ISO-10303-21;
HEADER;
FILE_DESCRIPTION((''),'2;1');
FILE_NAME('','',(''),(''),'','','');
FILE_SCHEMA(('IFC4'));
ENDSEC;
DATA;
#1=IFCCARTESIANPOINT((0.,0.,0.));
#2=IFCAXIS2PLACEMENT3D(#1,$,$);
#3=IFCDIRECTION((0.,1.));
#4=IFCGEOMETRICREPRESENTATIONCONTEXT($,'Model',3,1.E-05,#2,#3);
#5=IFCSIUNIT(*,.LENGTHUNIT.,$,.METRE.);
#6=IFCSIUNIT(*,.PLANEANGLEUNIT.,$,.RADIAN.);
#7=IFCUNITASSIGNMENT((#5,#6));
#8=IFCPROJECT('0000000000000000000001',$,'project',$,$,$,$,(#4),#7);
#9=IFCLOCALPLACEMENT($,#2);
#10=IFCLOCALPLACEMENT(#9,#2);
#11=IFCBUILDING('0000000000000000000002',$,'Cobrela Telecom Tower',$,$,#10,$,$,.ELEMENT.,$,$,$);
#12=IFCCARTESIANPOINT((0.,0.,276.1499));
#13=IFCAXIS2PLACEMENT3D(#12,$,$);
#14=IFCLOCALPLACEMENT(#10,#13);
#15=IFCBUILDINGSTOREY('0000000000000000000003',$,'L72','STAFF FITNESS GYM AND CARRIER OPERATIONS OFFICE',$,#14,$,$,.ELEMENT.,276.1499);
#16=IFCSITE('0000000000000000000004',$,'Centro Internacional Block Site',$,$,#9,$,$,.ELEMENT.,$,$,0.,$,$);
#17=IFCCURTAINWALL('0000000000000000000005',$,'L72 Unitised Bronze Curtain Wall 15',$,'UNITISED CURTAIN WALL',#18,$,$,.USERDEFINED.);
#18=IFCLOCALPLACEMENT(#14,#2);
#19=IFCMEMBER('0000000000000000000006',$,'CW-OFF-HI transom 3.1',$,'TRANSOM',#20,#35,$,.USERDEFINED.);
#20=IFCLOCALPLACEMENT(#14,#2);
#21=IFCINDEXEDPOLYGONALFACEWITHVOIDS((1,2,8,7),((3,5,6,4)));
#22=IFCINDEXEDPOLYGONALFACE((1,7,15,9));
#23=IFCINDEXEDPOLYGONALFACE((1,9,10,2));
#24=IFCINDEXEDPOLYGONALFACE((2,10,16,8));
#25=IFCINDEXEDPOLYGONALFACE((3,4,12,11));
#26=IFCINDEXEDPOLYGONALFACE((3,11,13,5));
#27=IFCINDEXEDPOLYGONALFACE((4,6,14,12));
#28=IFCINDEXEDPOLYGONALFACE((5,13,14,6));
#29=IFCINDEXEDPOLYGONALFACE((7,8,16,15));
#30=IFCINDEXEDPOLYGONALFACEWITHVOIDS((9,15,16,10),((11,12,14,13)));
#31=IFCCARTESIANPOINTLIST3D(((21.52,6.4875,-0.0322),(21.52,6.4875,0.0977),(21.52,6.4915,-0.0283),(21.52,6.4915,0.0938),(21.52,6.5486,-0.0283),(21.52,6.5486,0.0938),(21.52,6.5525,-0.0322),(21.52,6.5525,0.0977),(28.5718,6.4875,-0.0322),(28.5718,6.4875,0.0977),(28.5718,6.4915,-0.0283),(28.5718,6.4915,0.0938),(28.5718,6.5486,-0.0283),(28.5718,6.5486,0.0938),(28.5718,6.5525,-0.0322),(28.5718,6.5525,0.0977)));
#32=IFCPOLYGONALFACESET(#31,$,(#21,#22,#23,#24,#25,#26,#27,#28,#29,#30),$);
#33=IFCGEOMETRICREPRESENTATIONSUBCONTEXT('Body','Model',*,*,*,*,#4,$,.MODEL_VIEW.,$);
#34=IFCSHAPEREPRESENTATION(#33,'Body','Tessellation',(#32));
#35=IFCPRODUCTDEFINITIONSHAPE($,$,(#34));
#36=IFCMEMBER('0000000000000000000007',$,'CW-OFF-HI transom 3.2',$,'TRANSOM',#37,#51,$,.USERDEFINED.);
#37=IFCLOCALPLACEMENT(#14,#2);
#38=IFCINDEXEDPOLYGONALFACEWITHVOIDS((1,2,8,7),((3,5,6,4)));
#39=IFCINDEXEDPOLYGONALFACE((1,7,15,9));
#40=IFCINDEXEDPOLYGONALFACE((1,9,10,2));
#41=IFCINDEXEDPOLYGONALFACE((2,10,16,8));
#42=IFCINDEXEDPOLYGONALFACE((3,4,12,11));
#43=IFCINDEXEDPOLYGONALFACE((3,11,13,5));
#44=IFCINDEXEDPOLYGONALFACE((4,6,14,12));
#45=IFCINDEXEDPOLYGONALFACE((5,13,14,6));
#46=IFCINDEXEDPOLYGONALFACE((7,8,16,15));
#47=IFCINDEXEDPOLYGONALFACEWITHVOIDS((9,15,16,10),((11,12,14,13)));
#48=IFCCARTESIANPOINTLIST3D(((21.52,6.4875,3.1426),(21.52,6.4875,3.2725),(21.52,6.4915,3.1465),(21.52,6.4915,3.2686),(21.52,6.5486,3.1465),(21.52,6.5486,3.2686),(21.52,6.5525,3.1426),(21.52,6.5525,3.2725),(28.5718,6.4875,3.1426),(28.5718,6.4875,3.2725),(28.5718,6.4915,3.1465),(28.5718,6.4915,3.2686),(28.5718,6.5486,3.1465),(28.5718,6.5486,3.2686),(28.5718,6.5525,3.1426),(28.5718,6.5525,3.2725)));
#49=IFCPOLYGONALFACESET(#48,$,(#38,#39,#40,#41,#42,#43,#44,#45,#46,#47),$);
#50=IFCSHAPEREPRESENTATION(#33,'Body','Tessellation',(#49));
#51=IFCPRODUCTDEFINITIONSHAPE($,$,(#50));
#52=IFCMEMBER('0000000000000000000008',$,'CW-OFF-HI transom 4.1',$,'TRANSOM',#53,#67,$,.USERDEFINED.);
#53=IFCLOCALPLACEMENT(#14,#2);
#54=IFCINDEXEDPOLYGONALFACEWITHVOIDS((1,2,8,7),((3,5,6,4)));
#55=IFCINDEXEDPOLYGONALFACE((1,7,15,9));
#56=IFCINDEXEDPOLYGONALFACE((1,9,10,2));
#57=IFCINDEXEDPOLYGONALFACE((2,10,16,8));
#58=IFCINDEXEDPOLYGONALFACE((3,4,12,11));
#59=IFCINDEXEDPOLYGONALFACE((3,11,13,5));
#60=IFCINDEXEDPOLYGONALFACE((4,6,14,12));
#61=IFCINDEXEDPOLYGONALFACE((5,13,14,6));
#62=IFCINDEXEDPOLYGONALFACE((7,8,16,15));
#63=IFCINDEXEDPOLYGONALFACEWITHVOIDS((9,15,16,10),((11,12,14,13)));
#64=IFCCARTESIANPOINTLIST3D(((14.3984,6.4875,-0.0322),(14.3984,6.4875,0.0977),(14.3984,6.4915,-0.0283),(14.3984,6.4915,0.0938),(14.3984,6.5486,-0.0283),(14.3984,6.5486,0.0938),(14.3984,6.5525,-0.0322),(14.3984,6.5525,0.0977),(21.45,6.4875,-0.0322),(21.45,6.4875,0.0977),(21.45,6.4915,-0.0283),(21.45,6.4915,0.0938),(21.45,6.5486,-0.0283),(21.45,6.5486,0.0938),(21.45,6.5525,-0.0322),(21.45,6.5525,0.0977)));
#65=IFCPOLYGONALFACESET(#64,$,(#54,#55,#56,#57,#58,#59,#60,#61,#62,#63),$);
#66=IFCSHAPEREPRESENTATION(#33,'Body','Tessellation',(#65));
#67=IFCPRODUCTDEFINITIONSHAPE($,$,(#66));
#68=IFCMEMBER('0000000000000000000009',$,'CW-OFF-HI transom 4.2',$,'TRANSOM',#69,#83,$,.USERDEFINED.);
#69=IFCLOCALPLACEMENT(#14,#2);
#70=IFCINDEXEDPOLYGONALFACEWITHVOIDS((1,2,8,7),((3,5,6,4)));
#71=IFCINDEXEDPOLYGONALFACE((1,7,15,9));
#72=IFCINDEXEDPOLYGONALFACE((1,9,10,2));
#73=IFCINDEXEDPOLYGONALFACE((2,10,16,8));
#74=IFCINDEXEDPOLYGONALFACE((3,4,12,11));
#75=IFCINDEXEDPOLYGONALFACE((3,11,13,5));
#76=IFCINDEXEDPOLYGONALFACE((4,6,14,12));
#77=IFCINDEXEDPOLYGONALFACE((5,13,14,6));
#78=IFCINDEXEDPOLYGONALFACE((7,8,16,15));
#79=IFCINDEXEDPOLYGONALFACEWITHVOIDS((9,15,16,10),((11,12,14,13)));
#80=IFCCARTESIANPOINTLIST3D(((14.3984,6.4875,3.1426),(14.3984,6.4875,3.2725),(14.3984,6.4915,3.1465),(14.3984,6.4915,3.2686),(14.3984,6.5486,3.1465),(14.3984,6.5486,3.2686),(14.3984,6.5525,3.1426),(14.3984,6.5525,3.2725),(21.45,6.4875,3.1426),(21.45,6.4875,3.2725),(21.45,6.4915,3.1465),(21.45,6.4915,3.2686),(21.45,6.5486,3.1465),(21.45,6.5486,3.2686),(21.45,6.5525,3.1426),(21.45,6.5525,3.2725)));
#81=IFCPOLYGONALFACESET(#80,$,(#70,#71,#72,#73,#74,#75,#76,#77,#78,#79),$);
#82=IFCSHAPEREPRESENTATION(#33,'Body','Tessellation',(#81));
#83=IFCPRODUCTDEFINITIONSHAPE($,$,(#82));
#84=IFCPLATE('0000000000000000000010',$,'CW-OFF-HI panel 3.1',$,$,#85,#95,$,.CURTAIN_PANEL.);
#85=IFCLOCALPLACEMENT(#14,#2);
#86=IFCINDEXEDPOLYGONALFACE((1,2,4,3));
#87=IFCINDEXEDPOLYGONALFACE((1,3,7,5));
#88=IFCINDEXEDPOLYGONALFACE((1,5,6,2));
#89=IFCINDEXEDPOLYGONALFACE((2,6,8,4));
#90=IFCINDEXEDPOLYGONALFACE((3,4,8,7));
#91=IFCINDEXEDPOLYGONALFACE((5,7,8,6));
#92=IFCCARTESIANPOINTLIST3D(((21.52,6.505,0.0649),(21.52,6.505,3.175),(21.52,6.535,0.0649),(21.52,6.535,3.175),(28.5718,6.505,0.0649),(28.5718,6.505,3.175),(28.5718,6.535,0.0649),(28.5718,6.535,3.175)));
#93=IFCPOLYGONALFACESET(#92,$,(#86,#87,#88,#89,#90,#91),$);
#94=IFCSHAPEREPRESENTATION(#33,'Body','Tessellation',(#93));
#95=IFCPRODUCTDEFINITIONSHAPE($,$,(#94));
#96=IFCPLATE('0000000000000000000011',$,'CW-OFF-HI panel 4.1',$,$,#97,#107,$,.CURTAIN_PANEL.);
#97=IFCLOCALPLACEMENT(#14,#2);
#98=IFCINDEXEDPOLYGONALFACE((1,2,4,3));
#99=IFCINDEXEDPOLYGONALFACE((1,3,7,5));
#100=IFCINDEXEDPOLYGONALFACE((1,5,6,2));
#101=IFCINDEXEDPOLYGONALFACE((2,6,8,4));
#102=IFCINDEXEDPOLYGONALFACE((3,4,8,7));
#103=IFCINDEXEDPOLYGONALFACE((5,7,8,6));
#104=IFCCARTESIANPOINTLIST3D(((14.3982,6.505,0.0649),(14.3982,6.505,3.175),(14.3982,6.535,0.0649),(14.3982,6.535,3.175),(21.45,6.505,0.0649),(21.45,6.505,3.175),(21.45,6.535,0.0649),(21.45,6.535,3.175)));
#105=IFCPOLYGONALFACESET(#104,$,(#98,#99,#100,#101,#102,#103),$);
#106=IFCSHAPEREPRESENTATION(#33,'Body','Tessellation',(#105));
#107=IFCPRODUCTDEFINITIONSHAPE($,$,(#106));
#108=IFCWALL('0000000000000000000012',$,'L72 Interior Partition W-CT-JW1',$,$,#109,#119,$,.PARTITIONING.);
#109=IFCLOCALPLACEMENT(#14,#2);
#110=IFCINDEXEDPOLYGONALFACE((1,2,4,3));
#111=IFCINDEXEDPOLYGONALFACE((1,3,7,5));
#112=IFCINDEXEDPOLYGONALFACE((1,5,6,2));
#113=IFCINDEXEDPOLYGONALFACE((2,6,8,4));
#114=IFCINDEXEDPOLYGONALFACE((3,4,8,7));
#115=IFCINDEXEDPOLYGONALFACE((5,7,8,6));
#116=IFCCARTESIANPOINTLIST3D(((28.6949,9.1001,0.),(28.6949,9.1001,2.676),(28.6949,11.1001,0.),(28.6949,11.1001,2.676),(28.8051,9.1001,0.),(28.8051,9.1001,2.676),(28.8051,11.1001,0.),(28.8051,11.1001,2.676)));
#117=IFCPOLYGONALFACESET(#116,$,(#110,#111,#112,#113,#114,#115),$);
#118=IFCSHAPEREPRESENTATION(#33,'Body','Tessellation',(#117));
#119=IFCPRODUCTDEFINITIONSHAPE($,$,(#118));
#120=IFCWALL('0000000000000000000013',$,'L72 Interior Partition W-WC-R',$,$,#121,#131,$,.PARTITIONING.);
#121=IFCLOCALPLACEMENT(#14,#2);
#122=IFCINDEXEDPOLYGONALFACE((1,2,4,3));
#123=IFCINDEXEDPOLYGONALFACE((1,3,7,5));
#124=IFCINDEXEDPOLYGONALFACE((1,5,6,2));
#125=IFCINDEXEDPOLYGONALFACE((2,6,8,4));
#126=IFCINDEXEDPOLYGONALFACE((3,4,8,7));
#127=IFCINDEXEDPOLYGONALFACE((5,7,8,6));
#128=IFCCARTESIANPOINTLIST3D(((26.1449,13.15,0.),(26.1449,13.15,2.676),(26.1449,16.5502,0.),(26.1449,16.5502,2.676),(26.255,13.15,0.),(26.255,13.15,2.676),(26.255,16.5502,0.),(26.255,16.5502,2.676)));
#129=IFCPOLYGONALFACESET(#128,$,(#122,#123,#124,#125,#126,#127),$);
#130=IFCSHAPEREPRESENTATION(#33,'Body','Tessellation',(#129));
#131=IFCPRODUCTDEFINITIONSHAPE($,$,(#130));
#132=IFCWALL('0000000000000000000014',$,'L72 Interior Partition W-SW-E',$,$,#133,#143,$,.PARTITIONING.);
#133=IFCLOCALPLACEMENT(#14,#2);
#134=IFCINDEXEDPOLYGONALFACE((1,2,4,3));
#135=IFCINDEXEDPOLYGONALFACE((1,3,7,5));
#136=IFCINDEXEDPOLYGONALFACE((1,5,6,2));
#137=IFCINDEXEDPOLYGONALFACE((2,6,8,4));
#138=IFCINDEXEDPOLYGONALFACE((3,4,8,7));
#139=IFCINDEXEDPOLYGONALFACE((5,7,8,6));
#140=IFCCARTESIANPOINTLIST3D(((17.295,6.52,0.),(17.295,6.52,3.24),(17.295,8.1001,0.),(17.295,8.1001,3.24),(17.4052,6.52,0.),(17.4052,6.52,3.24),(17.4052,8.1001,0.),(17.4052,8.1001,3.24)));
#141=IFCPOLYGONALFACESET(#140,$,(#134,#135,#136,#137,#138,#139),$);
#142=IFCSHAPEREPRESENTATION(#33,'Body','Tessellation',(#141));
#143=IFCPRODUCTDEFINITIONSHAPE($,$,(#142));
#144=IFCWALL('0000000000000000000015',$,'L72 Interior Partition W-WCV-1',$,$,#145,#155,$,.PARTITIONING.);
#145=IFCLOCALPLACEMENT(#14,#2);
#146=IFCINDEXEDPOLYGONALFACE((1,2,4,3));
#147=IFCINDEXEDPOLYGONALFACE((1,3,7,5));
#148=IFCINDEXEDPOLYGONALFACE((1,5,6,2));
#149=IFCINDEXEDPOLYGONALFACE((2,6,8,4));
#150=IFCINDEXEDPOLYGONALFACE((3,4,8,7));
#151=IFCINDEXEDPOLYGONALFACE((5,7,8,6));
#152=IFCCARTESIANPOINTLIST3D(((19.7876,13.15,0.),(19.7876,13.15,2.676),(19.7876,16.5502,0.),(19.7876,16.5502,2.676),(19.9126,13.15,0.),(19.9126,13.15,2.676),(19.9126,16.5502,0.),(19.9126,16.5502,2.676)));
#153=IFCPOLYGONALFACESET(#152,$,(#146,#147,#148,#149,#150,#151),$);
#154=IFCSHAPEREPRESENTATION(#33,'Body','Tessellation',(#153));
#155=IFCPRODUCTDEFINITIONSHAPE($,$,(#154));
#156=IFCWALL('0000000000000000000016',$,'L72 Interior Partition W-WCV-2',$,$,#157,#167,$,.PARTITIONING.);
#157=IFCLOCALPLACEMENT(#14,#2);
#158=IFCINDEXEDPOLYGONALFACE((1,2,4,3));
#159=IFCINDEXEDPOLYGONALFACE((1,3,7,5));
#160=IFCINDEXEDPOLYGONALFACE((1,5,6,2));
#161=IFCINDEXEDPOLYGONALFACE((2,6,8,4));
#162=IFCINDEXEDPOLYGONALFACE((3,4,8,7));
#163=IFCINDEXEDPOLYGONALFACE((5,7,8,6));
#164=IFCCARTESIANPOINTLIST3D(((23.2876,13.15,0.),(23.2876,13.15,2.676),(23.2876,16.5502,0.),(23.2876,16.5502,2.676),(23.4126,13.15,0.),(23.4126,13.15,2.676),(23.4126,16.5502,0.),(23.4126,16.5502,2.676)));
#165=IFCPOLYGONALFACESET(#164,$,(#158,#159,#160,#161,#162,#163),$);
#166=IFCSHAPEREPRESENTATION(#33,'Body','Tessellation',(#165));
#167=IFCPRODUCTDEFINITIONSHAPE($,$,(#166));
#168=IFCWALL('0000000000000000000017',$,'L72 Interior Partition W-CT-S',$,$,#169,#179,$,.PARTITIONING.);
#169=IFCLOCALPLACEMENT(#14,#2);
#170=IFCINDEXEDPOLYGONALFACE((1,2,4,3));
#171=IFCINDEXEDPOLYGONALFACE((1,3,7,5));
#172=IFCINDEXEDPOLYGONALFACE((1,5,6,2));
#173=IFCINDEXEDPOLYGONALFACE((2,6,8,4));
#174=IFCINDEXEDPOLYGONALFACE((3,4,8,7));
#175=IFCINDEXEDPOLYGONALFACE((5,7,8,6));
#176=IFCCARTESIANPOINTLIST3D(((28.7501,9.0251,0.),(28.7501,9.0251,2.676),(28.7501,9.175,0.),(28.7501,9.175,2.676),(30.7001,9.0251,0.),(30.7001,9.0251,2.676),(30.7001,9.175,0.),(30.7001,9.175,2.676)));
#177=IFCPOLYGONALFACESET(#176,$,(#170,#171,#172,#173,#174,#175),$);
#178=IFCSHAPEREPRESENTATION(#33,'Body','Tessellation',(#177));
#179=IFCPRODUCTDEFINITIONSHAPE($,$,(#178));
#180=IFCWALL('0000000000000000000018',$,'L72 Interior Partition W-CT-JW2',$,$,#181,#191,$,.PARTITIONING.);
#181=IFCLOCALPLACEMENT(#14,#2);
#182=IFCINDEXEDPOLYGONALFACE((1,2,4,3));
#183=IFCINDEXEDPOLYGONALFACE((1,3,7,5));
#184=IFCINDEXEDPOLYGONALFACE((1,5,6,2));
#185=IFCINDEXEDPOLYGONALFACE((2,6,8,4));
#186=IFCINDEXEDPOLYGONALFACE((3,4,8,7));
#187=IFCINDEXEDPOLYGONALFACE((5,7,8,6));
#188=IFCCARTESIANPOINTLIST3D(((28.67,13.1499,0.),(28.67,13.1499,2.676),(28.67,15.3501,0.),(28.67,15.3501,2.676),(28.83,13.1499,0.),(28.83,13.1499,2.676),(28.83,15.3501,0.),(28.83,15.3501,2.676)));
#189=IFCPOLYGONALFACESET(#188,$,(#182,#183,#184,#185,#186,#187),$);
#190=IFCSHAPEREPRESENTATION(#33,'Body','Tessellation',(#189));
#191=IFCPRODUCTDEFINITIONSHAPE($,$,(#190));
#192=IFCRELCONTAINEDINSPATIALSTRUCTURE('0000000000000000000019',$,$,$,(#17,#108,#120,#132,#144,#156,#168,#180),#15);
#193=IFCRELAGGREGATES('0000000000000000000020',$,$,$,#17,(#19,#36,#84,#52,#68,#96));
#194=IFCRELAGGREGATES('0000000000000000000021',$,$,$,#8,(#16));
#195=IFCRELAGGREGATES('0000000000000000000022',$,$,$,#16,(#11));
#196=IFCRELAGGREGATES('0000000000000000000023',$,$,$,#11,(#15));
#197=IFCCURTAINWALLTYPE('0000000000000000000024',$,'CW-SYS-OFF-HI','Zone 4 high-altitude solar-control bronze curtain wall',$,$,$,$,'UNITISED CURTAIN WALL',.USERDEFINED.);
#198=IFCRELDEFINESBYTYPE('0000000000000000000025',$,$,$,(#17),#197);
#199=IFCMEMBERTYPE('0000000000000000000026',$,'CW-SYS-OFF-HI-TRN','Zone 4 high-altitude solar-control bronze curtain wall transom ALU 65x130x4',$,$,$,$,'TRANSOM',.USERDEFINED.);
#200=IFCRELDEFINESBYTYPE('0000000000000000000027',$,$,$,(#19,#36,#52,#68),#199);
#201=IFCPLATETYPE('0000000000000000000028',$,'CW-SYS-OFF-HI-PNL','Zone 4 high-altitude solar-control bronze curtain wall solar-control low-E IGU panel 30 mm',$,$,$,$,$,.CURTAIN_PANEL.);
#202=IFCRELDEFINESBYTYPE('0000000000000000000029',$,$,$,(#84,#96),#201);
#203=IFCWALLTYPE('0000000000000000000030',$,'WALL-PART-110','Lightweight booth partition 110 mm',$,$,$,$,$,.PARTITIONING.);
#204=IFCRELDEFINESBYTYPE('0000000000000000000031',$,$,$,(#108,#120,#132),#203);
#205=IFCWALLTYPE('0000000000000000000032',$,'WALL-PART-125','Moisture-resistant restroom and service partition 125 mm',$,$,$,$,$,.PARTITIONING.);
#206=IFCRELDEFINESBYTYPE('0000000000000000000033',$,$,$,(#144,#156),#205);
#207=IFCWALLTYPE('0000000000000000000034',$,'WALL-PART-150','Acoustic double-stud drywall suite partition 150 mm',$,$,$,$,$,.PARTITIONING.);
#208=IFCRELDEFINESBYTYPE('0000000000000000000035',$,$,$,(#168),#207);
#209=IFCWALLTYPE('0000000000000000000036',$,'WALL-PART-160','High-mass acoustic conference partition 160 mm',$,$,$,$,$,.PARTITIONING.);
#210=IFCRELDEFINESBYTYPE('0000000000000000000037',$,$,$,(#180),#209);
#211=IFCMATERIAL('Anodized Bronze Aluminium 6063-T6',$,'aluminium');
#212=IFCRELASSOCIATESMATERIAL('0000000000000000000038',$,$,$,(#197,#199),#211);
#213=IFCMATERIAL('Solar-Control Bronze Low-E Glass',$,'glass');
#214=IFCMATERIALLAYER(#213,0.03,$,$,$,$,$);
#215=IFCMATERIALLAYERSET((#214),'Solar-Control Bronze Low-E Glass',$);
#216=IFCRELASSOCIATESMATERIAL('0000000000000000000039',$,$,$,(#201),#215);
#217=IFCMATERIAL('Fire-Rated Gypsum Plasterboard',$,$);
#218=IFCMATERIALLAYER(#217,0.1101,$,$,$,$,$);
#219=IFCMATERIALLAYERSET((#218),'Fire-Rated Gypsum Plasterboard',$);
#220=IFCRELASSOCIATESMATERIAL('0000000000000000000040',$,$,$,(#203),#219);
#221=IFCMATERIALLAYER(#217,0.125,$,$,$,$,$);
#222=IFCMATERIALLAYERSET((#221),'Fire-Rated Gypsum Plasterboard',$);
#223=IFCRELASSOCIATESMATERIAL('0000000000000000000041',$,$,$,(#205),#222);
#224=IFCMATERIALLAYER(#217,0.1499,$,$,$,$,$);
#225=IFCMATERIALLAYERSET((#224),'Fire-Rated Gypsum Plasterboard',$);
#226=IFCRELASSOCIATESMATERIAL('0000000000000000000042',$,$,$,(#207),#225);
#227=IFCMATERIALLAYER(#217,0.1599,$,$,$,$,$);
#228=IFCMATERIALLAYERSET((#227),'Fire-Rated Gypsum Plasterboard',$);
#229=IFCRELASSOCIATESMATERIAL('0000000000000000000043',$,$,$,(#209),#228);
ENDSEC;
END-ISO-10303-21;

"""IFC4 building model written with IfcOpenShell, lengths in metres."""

from ifc_helpers import new_model, si_unit, direction, frame, frame_2d, origin, origin_2d, place, context, subcontext, project, spatial, rectangle, hollow_rectangle, extrude, material, layer, layer_set, material_profile, profile_set, type_object, element, aggregate, save


model = new_model("IFC4")

# Units and contexts
model_context = context("Model", 3, precision=1e-05, world=origin(), true_north=direction((0.0, 1.0)))
body_context = subcontext(model_context, "Body", "Model", "MODEL_VIEW")
ifc_project = project(units=[si_unit("LENGTHUNIT", "METRE"), si_unit("PLANEANGLEUNIT", "RADIAN")], contexts=[model_context])

# Site, building, storey
site_placement = place(None, origin())
site = spatial("IfcSite", under=ifc_project, at=site_placement, Name="Centro Internacional Block Site", CompositionType="ELEMENT", RefElevation=0.0)
building_placement = place(site_placement, origin())
building = spatial("IfcBuilding", under=site, at=building_placement, Name="Cobrela Telecom Tower", CompositionType="ELEMENT")
storey_placement = place(building_placement, frame((0.0, 0.0, 276.1499)))
storey = spatial("IfcBuildingStorey", under=building, at=storey_placement, Name="L72", Description="STAFF FITNESS GYM AND CARRIER OPERATIONS OFFICE", CompositionType="ELEMENT", Elevation=276.1499)

# Curtain wall, members, plates
ifc_material_1 = material(Name="Anodized Bronze Aluminium 6063-T6", Category="aluminium")
curtain_wall_type = type_object("IfcCurtainWallType", Name="CW-SYS-OFF-HI", Description="Zone 4 high-altitude solar-control bronze curtain wall", ElementType="UNITISED CURTAIN WALL", PredefinedType="USERDEFINED", material=ifc_material_1)
curtain_wall_placement = place(storey_placement, origin())
curtain_wall = element("IfcCurtainWall", 1, at=curtain_wall_placement, inside=storey, type_object=curtain_wall_type, Name="L72 Unitised Bronze Curtain Wall 15", ObjectType="UNITISED CURTAIN WALL", PredefinedType="USERDEFINED")
ifc_material_profile_1 = material_profile(ifc_material_1, hollow_rectangle(XDim=0.0649, YDim=0.1299, WallThickness=0.0039, at=origin_2d()), Name="ALU 65x130x4")
ifc_profile_set_1 = profile_set([ifc_material_profile_1], Name="Anodized Bronze Aluminium 6063-T6")
member_type_1 = type_object("IfcMemberType", Name="CW-SYS-OFF-HI-TRN", Description="Zone 4 high-altitude solar-control bronze curtain wall transom ALU 65x130x4", ElementType="TRANSOM", PredefinedType="USERDEFINED", material=ifc_profile_set_1)
member_1_placement = place(storey_placement, frame((28.5718, 6.52, 0.0327), z_axis=(-1.0, 0.0, 0.0), x_axis=(0.0, -1.0, 0.0)))
member_1 = element("IfcMember", 2, at=member_1_placement, type_object=member_type_1, Name="CW-OFF-HI transom 3.1", ObjectType="TRANSOM", PredefinedType="USERDEFINED", context=body_context, shape_type="SweptSolid", body=[
    extrude(hollow_rectangle(XDim=0.0649, YDim=0.1299, WallThickness=0.0039, at=origin_2d()), origin(), (0.0, 0.0, 1.0), 7.0518),
])
member_2_placement = place(storey_placement, frame((28.5718, 6.52, 3.2075), z_axis=(-1.0, 0.0, 0.0), x_axis=(0.0, -1.0, 0.0)))
member_2 = element("IfcMember", 3, at=member_2_placement, type_object=member_type_1, Name="CW-OFF-HI transom 3.2", ObjectType="TRANSOM", PredefinedType="USERDEFINED", context=body_context, shape_type="SweptSolid", body=[
    extrude(hollow_rectangle(XDim=0.0649, YDim=0.1299, WallThickness=0.0039, at=origin_2d()), origin(), (0.0, 0.0, 1.0), 7.0518),
])
member_3_placement = place(storey_placement, frame((21.45, 6.52, 0.0327), z_axis=(-1.0, 0.0, 0.0), x_axis=(0.0, -1.0, 0.0)))
member_3 = element("IfcMember", 4, at=member_3_placement, type_object=member_type_1, Name="CW-OFF-HI transom 4.1", ObjectType="TRANSOM", PredefinedType="USERDEFINED", context=body_context, shape_type="SweptSolid", body=[
    extrude(hollow_rectangle(XDim=0.0649, YDim=0.1299, WallThickness=0.0039, at=origin_2d()), origin(), (0.0, 0.0, 1.0), 7.0515),
])
member_4_placement = place(storey_placement, frame((21.45, 6.52, 3.2075), z_axis=(-1.0, 0.0, 0.0), x_axis=(0.0, -1.0, 0.0)))
member_4 = element("IfcMember", 5, at=member_4_placement, type_object=member_type_1, Name="CW-OFF-HI transom 4.2", ObjectType="TRANSOM", PredefinedType="USERDEFINED", context=body_context, shape_type="SweptSolid", body=[
    extrude(hollow_rectangle(XDim=0.0649, YDim=0.1299, WallThickness=0.0039, at=origin_2d()), origin(), (0.0, 0.0, 1.0), 7.0515),
])
ifc_material_2 = material(Name="Solar-Control Bronze Low-E Glass", Category="glass")
ifc_layer_1 = layer(ifc_material_2, 0.03)
ifc_layer_set_1 = layer_set([ifc_layer_1], Name="Solar-Control Bronze Low-E Glass")
plate_type = type_object("IfcPlateType", Name="CW-SYS-OFF-HI-PNL", Description="Zone 4 high-altitude solar-control bronze curtain wall solar-control low-E IGU panel 30 mm", PredefinedType="CURTAIN_PANEL", material=ifc_layer_set_1)
plate_1_placement = place(storey_placement, frame((25.0459, 6.52, 0.0649), z_axis=(0.0, 0.0, 1.0), x_axis=(-1.0, 0.0, 0.0)))
plate_1 = element("IfcPlate", 6, at=plate_1_placement, type_object=plate_type, Name="CW-OFF-HI panel 3.1", PredefinedType="CURTAIN_PANEL", context=body_context, shape_type="SweptSolid", body=[
    extrude(rectangle(XDim=7.0518, YDim=0.03, at=origin_2d()), origin(), (0.0, 0.0, 1.0), 3.1101),
])
plate_2_placement = place(storey_placement, frame((17.9241, 6.52, 0.0649), z_axis=(0.0, 0.0, 1.0), x_axis=(-1.0, 0.0, 0.0)))
plate_2 = element("IfcPlate", 7, at=plate_2_placement, type_object=plate_type, Name="CW-OFF-HI panel 4.1", PredefinedType="CURTAIN_PANEL", context=body_context, shape_type="SweptSolid", body=[
    extrude(rectangle(XDim=7.0518, YDim=0.03, at=origin_2d()), origin(), (0.0, 0.0, 1.0), 3.1101),
])
aggregate(curtain_wall, [member_1, member_2, plate_1, member_3, member_4, plate_2])

# Walls
ifc_material_3 = material(Name="Fire-Rated Gypsum Plasterboard")
ifc_layer_2 = layer(ifc_material_3, 0.1101)
ifc_layer_set_2 = layer_set([ifc_layer_2], Name="Fire-Rated Gypsum Plasterboard")
wall_type_1 = type_object("IfcWallType", Name="WALL-PART-110", Description="Lightweight booth partition 110 mm", PredefinedType="PARTITIONING", material=ifc_layer_set_2)
wall_1_placement = place(storey_placement, frame((28.75, 9.1001, 0.0), z_axis=(0.0, 0.0, 1.0), x_axis=(0.0, 1.0, 0.0)))
element("IfcWall", 8, at=wall_1_placement, inside=storey, type_object=wall_type_1, Name="L72 Interior Partition W-CT-JW1", PredefinedType="PARTITIONING", context=body_context, shape_type="SweptSolid", body=[
    extrude(rectangle(XDim=2.0, YDim=0.1101, at=frame_2d((1.0, 0.0))), origin(), (0.0, 0.0, 1.0), 2.676),
])
wall_2_placement = place(storey_placement, frame((26.2, 13.1499, 0.0), z_axis=(0.0, 0.0, 1.0), x_axis=(0.0, 1.0, 0.0)))
element("IfcWall", 9, at=wall_2_placement, inside=storey, type_object=wall_type_1, Name="L72 Interior Partition W-WC-R", PredefinedType="PARTITIONING", context=body_context, shape_type="SweptSolid", body=[
    extrude(rectangle(XDim=3.4001, YDim=0.1101, at=frame_2d((1.7002, 0.0))), origin(), (0.0, 0.0, 1.0), 2.676),
])
wall_3_placement = place(storey_placement, frame((17.3501, 6.52, 0.0), z_axis=(0.0, 0.0, 1.0), x_axis=(0.0, 1.0, 0.0)))
element("IfcWall", 10, at=wall_3_placement, inside=storey, type_object=wall_type_1, Name="L72 Interior Partition W-SW-E", PredefinedType="PARTITIONING", context=body_context, shape_type="SweptSolid", body=[
    extrude(rectangle(XDim=1.5801, YDim=0.1101, at=frame_2d((0.79, 0.0))), origin(), (0.0, 0.0, 1.0), 3.24),
])
ifc_layer_3 = layer(ifc_material_3, 0.125)
ifc_layer_set_3 = layer_set([ifc_layer_3], Name="Fire-Rated Gypsum Plasterboard")
wall_type_2 = type_object("IfcWallType", Name="WALL-PART-125", Description="Moisture-resistant restroom and service partition 125 mm", PredefinedType="PARTITIONING", material=ifc_layer_set_3)
for number, where, z_axis, x_axis, name in (
    (11, (19.8501, 13.1499, 0.0), (0.0, 0.0, 1.0), (0.0, 1.0, 0.0), "L72 Interior Partition W-WCV-1"),
    (12, (23.3501, 13.1499, 0.0), (0.0, 0.0, 1.0), (0.0, 1.0, 0.0), "L72 Interior Partition W-WCV-2"),
):
    element("IfcWall", number, at=place(storey_placement, frame(where, z_axis=z_axis, x_axis=x_axis)), inside=storey, type_object=wall_type_2, Name=name, PredefinedType="PARTITIONING", context=body_context, shape_type="SweptSolid", body=[
        extrude(rectangle(XDim=3.4001, YDim=0.125, at=frame_2d((1.7002, 0.0))), origin(), (0.0, 0.0, 1.0), 2.676),
    ])
ifc_layer_4 = layer(ifc_material_3, 0.1499)
ifc_layer_set_4 = layer_set([ifc_layer_4], Name="Fire-Rated Gypsum Plasterboard")
wall_type_3 = type_object("IfcWallType", Name="WALL-PART-150", Description="Acoustic double-stud drywall suite partition 150 mm", PredefinedType="PARTITIONING", material=ifc_layer_set_4)
wall_4_placement = place(storey_placement, frame((28.75, 9.1001, 0.0), z_axis=(0.0, 0.0, 1.0), x_axis=(1.0, 0.0, 0.0)))
element("IfcWall", 13, at=wall_4_placement, inside=storey, type_object=wall_type_3, Name="L72 Interior Partition W-CT-S", PredefinedType="PARTITIONING", context=body_context, shape_type="SweptSolid", body=[
    extrude(rectangle(XDim=1.95, YDim=0.1499, at=frame_2d((0.9751, 0.0))), origin(), (0.0, 0.0, 1.0), 2.676),
])
ifc_layer_5 = layer(ifc_material_3, 0.1599)
ifc_layer_set_5 = layer_set([ifc_layer_5], Name="Fire-Rated Gypsum Plasterboard")
wall_type_4 = type_object("IfcWallType", Name="WALL-PART-160", Description="High-mass acoustic conference partition 160 mm", PredefinedType="PARTITIONING", material=ifc_layer_set_5)
wall_5_placement = place(storey_placement, frame((28.75, 13.1499, 0.0), z_axis=(0.0, 0.0, 1.0), x_axis=(0.0, 1.0, 0.0)))
element("IfcWall", 14, at=wall_5_placement, inside=storey, type_object=wall_type_4, Name="L72 Interior Partition W-CT-JW2", PredefinedType="PARTITIONING", context=body_context, shape_type="SweptSolid", body=[
    extrude(rectangle(XDim=2.2002, YDim=0.1599, at=frame_2d((1.1001, 0.0))), origin(), (0.0, 0.0, 1.0), 2.676),
])

save(model, "model.ifc")
